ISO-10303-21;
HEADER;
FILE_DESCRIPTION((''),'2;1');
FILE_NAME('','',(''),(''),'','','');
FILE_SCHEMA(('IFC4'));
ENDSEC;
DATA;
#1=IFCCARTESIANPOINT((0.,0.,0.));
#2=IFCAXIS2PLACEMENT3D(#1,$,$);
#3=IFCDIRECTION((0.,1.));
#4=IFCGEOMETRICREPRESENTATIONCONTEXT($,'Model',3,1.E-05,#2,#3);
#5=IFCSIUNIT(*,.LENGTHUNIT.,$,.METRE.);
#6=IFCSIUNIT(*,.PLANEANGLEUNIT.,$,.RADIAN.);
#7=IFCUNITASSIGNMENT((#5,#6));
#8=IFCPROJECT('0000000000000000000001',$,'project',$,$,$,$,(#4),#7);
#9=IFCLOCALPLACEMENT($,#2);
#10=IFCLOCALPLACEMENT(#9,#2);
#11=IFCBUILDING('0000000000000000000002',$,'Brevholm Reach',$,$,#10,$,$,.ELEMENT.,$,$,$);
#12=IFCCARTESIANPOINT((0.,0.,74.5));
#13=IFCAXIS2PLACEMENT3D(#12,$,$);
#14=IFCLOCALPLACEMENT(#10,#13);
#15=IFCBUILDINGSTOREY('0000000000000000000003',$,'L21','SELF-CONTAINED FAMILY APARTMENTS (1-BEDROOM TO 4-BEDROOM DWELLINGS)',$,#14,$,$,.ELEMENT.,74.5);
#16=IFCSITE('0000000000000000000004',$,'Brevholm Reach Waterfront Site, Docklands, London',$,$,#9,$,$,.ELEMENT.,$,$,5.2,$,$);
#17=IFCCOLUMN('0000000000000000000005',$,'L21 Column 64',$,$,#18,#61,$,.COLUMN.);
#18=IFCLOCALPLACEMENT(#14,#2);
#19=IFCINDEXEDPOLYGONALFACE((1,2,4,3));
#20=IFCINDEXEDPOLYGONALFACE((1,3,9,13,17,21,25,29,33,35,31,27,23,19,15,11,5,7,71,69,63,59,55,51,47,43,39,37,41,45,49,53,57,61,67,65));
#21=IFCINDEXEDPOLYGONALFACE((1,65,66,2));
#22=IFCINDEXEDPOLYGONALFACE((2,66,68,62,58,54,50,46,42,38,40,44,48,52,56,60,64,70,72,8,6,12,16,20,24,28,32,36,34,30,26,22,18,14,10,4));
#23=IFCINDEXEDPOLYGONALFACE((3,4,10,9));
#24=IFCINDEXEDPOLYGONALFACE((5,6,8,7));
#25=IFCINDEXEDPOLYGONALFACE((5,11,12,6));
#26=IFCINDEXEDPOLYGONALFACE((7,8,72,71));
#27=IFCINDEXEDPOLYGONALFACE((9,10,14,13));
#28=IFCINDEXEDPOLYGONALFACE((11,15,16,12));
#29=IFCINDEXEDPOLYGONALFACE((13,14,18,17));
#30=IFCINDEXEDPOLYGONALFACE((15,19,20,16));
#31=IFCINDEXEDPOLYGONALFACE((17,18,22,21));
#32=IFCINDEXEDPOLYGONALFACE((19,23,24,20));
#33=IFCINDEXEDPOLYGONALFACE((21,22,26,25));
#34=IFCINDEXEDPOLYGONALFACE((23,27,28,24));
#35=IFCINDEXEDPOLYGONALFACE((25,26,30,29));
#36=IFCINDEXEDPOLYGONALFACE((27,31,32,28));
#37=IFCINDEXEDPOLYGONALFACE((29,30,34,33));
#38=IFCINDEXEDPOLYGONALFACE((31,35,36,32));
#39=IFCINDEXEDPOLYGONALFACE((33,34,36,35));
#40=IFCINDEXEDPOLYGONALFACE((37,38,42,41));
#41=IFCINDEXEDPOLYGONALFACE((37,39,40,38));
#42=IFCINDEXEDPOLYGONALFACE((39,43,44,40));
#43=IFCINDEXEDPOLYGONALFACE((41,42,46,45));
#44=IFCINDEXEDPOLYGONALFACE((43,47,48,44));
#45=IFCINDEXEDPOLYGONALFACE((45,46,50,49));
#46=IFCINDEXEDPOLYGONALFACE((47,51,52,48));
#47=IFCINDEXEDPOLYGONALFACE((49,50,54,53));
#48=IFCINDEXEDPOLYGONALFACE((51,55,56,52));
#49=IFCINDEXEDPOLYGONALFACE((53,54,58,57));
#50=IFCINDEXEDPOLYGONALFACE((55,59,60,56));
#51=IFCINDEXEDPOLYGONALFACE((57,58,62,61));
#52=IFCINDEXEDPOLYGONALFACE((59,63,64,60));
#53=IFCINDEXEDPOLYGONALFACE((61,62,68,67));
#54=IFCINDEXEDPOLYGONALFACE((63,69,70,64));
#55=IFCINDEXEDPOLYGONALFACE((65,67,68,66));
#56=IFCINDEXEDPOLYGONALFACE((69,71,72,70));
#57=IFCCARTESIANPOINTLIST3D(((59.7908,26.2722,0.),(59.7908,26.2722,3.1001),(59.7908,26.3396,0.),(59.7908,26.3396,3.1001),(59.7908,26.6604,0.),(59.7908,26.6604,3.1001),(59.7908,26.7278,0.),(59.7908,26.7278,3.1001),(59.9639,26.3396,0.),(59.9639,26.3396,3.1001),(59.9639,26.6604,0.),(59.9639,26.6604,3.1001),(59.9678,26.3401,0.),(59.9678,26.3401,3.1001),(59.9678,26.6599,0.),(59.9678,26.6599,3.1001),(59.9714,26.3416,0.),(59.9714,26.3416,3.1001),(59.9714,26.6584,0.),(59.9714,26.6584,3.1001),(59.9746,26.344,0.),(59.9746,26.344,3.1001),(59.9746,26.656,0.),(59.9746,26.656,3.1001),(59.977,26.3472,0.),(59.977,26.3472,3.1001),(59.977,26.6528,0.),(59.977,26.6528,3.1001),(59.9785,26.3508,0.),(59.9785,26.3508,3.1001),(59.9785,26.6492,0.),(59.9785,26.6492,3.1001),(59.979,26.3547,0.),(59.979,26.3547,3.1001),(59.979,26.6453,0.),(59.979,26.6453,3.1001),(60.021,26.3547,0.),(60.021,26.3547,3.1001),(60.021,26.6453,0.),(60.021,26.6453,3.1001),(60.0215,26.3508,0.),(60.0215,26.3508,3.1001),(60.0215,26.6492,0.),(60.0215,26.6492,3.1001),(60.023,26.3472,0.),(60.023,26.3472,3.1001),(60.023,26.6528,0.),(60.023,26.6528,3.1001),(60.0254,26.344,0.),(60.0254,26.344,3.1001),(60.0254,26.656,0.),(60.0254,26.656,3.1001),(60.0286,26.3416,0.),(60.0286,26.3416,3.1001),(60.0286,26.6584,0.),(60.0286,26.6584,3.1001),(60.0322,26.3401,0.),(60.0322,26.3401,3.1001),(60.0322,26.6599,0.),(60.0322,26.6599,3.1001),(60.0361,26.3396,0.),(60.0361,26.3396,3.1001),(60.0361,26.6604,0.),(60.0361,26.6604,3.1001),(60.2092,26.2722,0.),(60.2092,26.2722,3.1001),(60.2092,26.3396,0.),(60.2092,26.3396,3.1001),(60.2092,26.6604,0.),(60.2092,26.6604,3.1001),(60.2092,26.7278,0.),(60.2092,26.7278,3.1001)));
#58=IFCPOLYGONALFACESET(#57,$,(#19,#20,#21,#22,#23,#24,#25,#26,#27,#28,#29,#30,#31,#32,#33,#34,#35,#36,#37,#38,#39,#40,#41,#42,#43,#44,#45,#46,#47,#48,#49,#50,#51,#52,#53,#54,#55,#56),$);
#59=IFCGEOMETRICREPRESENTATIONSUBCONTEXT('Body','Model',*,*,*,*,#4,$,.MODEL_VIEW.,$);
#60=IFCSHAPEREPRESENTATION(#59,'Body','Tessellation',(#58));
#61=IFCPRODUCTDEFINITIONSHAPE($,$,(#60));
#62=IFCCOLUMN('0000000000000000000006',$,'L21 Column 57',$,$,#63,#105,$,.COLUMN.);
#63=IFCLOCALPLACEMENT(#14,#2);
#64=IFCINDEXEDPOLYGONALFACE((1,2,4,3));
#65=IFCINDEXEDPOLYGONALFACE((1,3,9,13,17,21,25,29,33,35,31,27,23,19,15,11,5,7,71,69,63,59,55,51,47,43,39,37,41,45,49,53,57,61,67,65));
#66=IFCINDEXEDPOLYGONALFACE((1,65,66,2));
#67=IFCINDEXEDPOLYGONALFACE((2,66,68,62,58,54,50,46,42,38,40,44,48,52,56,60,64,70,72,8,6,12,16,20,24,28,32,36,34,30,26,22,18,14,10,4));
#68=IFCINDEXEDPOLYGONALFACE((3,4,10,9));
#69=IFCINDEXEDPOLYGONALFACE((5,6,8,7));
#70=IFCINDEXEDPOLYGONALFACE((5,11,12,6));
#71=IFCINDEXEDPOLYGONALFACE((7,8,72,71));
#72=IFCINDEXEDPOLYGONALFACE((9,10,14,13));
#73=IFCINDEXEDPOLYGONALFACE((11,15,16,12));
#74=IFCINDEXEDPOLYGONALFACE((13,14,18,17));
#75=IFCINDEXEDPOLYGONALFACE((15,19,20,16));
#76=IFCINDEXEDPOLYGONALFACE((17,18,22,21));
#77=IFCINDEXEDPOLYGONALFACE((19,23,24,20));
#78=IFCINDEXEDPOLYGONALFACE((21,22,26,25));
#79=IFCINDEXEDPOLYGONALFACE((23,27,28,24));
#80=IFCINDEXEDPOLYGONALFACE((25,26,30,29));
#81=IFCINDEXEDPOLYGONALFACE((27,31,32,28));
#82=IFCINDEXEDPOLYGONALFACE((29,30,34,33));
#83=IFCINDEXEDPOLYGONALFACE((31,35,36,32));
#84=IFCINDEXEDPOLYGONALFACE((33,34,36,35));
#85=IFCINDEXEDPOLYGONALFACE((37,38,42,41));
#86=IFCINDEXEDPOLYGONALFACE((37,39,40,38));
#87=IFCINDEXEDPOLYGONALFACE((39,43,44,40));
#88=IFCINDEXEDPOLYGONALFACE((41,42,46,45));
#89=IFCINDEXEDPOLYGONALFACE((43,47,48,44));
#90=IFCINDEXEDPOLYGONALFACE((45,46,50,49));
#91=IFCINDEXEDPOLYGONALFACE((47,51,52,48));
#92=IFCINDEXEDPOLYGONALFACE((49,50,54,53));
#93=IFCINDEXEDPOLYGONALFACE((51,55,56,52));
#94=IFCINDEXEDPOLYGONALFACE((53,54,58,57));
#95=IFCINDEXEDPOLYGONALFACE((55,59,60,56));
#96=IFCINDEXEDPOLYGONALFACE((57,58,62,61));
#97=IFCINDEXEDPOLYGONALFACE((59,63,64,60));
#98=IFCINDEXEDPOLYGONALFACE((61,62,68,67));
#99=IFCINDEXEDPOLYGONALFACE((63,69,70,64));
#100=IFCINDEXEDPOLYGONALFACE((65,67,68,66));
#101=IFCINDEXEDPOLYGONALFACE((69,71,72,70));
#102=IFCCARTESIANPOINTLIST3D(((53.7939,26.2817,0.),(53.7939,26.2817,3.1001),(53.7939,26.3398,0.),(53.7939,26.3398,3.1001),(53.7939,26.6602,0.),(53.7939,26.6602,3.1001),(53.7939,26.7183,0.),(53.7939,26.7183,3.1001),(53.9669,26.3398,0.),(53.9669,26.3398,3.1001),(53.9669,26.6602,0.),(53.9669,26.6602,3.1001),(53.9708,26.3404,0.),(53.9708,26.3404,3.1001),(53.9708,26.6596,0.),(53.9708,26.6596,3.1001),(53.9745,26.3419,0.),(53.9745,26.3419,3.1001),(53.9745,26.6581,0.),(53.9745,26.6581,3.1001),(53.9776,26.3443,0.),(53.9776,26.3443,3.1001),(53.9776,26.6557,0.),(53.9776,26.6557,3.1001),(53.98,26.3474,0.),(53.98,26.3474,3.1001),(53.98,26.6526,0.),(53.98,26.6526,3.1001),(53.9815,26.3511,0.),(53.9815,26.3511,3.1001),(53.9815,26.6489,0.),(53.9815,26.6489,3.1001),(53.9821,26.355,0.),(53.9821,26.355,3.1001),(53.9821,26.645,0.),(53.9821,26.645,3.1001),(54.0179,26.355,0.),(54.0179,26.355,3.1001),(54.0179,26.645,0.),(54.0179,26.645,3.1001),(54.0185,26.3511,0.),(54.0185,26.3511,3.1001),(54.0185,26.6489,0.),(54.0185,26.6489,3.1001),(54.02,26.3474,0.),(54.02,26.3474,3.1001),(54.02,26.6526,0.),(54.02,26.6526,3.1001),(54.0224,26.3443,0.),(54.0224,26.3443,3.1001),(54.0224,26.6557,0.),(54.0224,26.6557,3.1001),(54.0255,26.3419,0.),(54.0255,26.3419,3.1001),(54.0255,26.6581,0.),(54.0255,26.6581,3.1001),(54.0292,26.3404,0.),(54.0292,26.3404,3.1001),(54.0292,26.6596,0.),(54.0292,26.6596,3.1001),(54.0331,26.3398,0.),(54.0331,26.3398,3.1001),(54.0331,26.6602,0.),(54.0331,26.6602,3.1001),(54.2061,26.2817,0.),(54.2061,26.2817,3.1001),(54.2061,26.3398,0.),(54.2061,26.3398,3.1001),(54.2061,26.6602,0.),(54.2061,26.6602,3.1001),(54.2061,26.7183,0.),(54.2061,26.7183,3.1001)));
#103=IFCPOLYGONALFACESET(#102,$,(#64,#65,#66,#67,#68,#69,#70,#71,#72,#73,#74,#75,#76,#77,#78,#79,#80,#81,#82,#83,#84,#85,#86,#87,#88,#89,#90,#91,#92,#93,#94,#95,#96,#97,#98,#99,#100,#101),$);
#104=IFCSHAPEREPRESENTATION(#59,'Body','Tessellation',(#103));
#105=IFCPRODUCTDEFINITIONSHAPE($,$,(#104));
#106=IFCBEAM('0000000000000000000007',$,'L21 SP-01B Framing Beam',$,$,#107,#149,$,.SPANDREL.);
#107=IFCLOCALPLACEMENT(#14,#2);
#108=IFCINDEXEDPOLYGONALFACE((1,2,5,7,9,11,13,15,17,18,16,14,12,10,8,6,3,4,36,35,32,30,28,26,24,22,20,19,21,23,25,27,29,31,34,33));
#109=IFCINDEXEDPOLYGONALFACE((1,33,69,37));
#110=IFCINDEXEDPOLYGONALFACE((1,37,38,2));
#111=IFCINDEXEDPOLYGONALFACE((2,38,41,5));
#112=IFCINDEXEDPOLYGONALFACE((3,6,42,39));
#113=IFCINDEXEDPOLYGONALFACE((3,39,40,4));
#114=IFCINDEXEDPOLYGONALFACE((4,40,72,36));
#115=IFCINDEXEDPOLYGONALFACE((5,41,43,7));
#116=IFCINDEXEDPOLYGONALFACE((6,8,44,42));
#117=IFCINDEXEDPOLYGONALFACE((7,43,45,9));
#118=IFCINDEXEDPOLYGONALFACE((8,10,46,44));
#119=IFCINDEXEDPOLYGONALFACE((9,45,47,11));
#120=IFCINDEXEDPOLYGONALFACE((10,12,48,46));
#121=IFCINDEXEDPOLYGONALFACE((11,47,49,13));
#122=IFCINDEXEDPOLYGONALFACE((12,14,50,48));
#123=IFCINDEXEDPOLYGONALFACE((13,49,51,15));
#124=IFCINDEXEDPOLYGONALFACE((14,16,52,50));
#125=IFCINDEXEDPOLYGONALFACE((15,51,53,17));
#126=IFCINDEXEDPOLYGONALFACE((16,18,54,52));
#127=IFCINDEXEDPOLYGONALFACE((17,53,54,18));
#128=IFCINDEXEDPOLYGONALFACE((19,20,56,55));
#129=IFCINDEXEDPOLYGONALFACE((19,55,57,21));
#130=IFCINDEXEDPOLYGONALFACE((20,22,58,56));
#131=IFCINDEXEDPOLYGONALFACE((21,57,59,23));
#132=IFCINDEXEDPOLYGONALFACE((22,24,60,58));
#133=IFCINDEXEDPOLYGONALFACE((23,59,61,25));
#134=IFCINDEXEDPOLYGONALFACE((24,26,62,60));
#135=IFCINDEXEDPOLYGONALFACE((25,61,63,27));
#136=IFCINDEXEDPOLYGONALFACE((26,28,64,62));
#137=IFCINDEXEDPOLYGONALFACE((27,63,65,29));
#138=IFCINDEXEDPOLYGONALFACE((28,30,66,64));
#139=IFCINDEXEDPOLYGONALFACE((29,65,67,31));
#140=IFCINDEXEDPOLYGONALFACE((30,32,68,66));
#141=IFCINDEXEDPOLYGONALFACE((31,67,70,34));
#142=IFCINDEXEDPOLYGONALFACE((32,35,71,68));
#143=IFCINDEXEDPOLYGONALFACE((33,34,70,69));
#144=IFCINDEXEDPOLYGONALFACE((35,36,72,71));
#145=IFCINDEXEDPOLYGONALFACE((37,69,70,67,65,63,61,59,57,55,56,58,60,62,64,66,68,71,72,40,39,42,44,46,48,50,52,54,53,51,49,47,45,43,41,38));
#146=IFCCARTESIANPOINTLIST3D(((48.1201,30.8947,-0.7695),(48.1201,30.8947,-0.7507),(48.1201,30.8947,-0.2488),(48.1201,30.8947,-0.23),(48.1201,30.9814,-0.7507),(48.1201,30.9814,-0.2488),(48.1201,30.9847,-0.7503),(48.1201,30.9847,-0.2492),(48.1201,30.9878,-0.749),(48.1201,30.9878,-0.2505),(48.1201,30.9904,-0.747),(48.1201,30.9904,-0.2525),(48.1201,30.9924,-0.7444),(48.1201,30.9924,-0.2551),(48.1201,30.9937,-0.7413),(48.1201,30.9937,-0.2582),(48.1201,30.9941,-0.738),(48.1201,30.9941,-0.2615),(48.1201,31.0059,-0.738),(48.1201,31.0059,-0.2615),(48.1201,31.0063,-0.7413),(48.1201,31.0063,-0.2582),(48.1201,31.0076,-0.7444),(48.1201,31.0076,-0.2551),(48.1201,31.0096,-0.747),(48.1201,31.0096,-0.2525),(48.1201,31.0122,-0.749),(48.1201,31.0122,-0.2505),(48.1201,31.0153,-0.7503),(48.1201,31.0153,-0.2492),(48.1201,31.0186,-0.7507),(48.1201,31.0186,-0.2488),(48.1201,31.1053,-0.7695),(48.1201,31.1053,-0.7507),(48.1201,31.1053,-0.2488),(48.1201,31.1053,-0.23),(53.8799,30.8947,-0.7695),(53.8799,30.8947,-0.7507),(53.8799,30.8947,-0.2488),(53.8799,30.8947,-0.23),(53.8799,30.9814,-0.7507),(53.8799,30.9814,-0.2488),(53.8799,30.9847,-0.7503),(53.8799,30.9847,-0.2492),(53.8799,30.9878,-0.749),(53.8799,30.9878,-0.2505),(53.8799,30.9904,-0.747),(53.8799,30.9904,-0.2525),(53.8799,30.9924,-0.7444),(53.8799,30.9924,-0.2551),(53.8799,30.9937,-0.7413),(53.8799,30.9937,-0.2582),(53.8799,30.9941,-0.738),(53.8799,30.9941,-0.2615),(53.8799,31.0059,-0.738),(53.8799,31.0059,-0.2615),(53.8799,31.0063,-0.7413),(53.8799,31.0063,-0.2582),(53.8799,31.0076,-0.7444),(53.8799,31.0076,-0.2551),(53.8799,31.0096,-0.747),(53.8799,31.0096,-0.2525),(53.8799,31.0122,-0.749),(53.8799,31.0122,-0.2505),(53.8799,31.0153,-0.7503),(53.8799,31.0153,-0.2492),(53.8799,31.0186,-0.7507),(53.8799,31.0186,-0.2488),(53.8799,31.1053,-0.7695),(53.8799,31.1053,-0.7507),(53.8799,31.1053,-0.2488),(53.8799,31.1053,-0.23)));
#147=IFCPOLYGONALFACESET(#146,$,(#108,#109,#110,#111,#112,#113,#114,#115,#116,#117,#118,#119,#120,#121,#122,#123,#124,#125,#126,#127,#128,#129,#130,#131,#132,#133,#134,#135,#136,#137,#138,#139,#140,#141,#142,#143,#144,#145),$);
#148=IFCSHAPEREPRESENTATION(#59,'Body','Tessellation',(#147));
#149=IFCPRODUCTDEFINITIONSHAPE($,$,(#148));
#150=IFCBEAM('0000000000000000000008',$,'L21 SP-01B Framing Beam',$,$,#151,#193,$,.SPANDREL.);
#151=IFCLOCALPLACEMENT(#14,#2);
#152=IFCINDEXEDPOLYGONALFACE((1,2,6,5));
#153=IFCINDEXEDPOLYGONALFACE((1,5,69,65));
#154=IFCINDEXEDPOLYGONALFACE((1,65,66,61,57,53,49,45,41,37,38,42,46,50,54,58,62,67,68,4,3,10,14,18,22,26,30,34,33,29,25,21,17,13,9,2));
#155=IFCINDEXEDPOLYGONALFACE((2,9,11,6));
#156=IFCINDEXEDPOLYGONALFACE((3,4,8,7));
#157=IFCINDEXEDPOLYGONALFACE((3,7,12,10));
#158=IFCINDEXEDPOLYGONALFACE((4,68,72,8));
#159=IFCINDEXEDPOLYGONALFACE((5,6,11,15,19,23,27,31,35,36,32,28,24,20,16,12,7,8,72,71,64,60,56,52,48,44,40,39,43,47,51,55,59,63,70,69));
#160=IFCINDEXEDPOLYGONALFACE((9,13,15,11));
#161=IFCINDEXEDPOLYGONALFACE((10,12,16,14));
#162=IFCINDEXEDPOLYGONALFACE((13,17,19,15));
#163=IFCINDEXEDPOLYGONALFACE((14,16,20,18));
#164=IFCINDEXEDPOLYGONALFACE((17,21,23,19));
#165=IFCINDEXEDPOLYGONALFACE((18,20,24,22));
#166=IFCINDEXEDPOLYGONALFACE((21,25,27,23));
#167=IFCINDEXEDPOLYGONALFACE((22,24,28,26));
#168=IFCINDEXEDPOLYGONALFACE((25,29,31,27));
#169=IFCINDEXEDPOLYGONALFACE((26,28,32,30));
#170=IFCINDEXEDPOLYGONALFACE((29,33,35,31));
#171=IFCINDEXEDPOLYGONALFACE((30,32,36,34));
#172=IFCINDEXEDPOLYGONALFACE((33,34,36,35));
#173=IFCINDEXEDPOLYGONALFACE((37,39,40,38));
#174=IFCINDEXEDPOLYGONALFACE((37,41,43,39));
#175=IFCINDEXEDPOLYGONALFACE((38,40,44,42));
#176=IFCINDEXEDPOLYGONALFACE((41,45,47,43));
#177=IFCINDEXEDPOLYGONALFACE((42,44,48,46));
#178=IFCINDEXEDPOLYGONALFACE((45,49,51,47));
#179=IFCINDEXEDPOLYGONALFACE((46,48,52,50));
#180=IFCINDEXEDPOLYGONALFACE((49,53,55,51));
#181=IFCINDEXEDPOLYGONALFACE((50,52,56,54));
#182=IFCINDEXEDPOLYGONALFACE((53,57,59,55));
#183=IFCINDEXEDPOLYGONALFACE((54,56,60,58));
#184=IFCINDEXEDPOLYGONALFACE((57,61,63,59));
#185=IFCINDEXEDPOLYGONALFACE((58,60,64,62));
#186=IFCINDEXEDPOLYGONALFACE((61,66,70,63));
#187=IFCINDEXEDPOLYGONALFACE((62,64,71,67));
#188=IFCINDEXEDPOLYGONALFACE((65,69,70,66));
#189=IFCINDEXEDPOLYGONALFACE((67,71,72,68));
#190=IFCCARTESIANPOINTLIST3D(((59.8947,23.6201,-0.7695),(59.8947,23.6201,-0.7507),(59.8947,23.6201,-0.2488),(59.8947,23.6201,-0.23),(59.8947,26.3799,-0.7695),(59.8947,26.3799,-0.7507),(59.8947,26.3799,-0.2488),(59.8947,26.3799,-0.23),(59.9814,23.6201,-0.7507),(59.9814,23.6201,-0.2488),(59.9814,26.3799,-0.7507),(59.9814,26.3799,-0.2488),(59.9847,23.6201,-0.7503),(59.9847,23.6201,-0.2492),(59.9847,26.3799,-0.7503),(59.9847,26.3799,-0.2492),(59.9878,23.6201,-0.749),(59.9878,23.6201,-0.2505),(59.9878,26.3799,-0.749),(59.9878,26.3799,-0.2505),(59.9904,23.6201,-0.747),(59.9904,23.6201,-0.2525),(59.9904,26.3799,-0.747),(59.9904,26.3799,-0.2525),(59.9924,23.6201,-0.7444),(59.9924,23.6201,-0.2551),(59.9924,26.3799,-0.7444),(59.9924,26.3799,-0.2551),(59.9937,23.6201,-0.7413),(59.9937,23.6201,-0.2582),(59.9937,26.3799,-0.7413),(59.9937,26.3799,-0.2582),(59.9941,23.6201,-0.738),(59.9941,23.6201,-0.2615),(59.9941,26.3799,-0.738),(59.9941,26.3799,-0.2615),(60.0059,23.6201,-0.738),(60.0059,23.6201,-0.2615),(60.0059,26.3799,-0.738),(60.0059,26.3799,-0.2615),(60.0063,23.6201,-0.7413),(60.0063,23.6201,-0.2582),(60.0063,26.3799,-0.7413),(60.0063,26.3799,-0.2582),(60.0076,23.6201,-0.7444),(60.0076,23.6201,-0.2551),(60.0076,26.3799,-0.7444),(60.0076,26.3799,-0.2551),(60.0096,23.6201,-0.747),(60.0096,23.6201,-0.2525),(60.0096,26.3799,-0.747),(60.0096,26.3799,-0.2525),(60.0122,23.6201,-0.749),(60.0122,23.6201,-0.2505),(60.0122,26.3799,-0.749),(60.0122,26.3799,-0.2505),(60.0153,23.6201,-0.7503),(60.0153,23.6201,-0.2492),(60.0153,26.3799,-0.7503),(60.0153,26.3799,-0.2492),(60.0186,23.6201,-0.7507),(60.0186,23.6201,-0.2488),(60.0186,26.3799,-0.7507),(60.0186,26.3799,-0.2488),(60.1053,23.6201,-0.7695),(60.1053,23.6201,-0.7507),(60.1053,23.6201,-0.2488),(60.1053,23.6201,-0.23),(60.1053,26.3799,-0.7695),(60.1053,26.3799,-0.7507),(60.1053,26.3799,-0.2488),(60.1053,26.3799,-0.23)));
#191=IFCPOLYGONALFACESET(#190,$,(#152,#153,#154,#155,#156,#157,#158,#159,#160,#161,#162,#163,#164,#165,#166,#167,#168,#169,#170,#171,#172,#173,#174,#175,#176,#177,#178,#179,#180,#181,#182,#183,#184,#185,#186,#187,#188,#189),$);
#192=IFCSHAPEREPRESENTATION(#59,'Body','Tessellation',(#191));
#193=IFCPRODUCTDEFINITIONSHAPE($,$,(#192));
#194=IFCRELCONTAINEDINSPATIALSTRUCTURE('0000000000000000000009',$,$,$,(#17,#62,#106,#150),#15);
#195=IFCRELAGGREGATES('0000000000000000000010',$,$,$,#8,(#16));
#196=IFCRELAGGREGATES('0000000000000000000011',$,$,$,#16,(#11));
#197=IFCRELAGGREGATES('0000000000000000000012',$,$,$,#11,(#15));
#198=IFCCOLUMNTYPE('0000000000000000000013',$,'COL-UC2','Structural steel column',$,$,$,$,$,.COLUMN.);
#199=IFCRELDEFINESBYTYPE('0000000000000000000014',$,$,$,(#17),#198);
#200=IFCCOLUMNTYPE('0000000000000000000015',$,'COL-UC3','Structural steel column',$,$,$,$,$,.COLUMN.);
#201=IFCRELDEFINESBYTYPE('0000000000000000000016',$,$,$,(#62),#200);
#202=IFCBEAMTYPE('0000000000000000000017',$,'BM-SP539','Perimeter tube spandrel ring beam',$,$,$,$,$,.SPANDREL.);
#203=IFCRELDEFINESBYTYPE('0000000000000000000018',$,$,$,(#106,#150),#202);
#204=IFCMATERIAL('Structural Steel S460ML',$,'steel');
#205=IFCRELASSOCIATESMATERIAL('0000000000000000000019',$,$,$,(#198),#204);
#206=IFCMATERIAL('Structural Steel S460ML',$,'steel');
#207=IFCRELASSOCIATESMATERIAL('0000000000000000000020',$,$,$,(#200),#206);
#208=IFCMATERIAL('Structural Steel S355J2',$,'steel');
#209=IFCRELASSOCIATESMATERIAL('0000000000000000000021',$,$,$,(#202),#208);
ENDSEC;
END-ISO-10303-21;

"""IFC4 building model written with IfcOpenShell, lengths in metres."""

from ifc_helpers import new_model, si_unit, direction, frame, origin, origin_2d, place, context, subcontext, project, spatial, i_section, extrude, material, material_profile, profile_set, type_object, element, save


model = new_model("IFC4")

# Units and contexts
model_context = context("Model", 3, precision=1e-05, world=origin(), true_north=direction((0.0, 1.0)))
body_context = subcontext(model_context, "Body", "Model", "MODEL_VIEW")
ifc_project = project(units=[si_unit("LENGTHUNIT", "METRE"), si_unit("PLANEANGLEUNIT", "RADIAN")], contexts=[model_context])

# Site, building, storey
site_placement = place(None, origin())
site = spatial("IfcSite", under=ifc_project, at=site_placement, Name="Brevholm Reach Waterfront Site, Docklands, London", CompositionType="ELEMENT", RefElevation=5.2)
building_placement = place(site_placement, origin())
building = spatial("IfcBuilding", under=site, at=building_placement, Name="Brevholm Reach", CompositionType="ELEMENT")
storey_placement = place(building_placement, frame((0.0, 0.0, 74.5)))
storey = spatial("IfcBuildingStorey", under=building, at=storey_placement, Name="L21", Description="SELF-CONTAINED FAMILY APARTMENTS (1-BEDROOM TO 4-BEDROOM DWELLINGS)", CompositionType="ELEMENT", Elevation=74.5)

# Columns
ifc_material_1 = material(Name="Structural Steel S460ML", Category="steel")
ifc_material_profile_1 = material_profile(ifc_material_1, i_section(OverallWidth=0.4185, OverallDepth=0.4556, WebThickness=0.042, FlangeThickness=0.0674, FilletRadius=0.0151, at=origin_2d()), Name="UKC 356x406x551")
ifc_profile_set_1 = profile_set([ifc_material_profile_1], Name="Structural Steel S460ML")
column_type_1 = type_object("IfcColumnType", Name="COL-UC2", Description="Structural steel column", PredefinedType="COLUMN", material=ifc_profile_set_1)
for number, where, z_axis, x_axis, name in (
    (1, (60.0, 26.5, 0.0), (0.0, 0.0, 1.0), (1.0, 0.0, 0.0), "L21 Column 64"),
):
    element("IfcColumn", number, at=place(storey_placement, frame(where, z_axis=z_axis, x_axis=x_axis)), inside=storey, type_object=column_type_1, Name=name, PredefinedType="COLUMN", context=body_context, shape_type="SweptSolid", body=[
        extrude(i_section(OverallWidth=0.4185, OverallDepth=0.4556, WebThickness=0.042, FlangeThickness=0.0674, FilletRadius=0.0151, at=origin_2d()), origin(), (0.0, 0.0, 1.0), 3.1001),
    ])
ifc_material_2 = material(Name="Structural Steel S460ML", Category="steel")
ifc_material_profile_2 = material_profile(ifc_material_2, i_section(OverallWidth=0.4121, OverallDepth=0.4365, WebThickness=0.0359, FlangeThickness=0.0581, FilletRadius=0.0151, at=origin_2d()), Name="UKC 356x406x467")
ifc_profile_set_2 = profile_set([ifc_material_profile_2], Name="Structural Steel S460ML")
column_type_2 = type_object("IfcColumnType", Name="COL-UC3", Description="Structural steel column", PredefinedType="COLUMN", material=ifc_profile_set_2)
column_1_placement = place(storey_placement, frame((54.0, 26.5, 0.0), z_axis=(0.0, 0.0, 1.0), x_axis=(1.0, 0.0, 0.0)))
element("IfcColumn", 2, at=column_1_placement, inside=storey, type_object=column_type_2, Name="L21 Column 57", PredefinedType="COLUMN", context=body_context, shape_type="SweptSolid", body=[
    extrude(i_section(OverallWidth=0.4121, OverallDepth=0.4365, WebThickness=0.0359, FlangeThickness=0.0581, FilletRadius=0.0151, at=origin_2d()), origin(), (0.0, 0.0, 1.0), 3.1001),
])

# Beams
ifc_material_3 = material(Name="Structural Steel S355J2", Category="steel")
ifc_material_profile_3 = material_profile(ifc_material_3, i_section(OverallWidth=0.2107, OverallDepth=0.5396, WebThickness=0.0117, FlangeThickness=0.0188, FilletRadius=0.0127, at=origin_2d()), Name="UKB 533x210x109")
ifc_profile_set_3 = profile_set([ifc_material_profile_3], Name="Structural Steel S355J2")
beam_type_1 = type_object("IfcBeamType", Name="BM-SP539", Description="Perimeter tube spandrel ring beam", PredefinedType="SPANDREL", material=ifc_profile_set_3)
beam_1_placement = place(storey_placement, frame((48.1201, 31.0, -0.4998), z_axis=(1.0, 0.0, 0.0), x_axis=(0.0, 1.0, 0.0)))
element("IfcBeam", 3, at=beam_1_placement, inside=storey, type_object=beam_type_1, Name="L21 SP-01B Framing Beam", PredefinedType="SPANDREL", context=body_context, shape_type="SweptSolid", body=[
    extrude(i_section(OverallWidth=0.2107, OverallDepth=0.5396, WebThickness=0.0117, FlangeThickness=0.0188, FilletRadius=0.0127, at=origin_2d()), origin(), (0.0, 0.0, 1.0), 5.7598),
])
beam_2_placement = place(storey_placement, frame((60.0, 23.6201, -0.4998), z_axis=(0.0, 1.0, 0.0), x_axis=(-1.0, 0.0, 0.0)))
element("IfcBeam", 4, at=beam_2_placement, inside=storey, type_object=beam_type_1, Name="L21 SP-01B Framing Beam", PredefinedType="SPANDREL", context=body_context, shape_type="SweptSolid", body=[
    extrude(i_section(OverallWidth=0.2107, OverallDepth=0.5396, WebThickness=0.0117, FlangeThickness=0.0188, FilletRadius=0.0127, at=origin_2d()), origin(), (0.0, 0.0, 1.0), 2.7598),
])

save(model, "model.ifc")
